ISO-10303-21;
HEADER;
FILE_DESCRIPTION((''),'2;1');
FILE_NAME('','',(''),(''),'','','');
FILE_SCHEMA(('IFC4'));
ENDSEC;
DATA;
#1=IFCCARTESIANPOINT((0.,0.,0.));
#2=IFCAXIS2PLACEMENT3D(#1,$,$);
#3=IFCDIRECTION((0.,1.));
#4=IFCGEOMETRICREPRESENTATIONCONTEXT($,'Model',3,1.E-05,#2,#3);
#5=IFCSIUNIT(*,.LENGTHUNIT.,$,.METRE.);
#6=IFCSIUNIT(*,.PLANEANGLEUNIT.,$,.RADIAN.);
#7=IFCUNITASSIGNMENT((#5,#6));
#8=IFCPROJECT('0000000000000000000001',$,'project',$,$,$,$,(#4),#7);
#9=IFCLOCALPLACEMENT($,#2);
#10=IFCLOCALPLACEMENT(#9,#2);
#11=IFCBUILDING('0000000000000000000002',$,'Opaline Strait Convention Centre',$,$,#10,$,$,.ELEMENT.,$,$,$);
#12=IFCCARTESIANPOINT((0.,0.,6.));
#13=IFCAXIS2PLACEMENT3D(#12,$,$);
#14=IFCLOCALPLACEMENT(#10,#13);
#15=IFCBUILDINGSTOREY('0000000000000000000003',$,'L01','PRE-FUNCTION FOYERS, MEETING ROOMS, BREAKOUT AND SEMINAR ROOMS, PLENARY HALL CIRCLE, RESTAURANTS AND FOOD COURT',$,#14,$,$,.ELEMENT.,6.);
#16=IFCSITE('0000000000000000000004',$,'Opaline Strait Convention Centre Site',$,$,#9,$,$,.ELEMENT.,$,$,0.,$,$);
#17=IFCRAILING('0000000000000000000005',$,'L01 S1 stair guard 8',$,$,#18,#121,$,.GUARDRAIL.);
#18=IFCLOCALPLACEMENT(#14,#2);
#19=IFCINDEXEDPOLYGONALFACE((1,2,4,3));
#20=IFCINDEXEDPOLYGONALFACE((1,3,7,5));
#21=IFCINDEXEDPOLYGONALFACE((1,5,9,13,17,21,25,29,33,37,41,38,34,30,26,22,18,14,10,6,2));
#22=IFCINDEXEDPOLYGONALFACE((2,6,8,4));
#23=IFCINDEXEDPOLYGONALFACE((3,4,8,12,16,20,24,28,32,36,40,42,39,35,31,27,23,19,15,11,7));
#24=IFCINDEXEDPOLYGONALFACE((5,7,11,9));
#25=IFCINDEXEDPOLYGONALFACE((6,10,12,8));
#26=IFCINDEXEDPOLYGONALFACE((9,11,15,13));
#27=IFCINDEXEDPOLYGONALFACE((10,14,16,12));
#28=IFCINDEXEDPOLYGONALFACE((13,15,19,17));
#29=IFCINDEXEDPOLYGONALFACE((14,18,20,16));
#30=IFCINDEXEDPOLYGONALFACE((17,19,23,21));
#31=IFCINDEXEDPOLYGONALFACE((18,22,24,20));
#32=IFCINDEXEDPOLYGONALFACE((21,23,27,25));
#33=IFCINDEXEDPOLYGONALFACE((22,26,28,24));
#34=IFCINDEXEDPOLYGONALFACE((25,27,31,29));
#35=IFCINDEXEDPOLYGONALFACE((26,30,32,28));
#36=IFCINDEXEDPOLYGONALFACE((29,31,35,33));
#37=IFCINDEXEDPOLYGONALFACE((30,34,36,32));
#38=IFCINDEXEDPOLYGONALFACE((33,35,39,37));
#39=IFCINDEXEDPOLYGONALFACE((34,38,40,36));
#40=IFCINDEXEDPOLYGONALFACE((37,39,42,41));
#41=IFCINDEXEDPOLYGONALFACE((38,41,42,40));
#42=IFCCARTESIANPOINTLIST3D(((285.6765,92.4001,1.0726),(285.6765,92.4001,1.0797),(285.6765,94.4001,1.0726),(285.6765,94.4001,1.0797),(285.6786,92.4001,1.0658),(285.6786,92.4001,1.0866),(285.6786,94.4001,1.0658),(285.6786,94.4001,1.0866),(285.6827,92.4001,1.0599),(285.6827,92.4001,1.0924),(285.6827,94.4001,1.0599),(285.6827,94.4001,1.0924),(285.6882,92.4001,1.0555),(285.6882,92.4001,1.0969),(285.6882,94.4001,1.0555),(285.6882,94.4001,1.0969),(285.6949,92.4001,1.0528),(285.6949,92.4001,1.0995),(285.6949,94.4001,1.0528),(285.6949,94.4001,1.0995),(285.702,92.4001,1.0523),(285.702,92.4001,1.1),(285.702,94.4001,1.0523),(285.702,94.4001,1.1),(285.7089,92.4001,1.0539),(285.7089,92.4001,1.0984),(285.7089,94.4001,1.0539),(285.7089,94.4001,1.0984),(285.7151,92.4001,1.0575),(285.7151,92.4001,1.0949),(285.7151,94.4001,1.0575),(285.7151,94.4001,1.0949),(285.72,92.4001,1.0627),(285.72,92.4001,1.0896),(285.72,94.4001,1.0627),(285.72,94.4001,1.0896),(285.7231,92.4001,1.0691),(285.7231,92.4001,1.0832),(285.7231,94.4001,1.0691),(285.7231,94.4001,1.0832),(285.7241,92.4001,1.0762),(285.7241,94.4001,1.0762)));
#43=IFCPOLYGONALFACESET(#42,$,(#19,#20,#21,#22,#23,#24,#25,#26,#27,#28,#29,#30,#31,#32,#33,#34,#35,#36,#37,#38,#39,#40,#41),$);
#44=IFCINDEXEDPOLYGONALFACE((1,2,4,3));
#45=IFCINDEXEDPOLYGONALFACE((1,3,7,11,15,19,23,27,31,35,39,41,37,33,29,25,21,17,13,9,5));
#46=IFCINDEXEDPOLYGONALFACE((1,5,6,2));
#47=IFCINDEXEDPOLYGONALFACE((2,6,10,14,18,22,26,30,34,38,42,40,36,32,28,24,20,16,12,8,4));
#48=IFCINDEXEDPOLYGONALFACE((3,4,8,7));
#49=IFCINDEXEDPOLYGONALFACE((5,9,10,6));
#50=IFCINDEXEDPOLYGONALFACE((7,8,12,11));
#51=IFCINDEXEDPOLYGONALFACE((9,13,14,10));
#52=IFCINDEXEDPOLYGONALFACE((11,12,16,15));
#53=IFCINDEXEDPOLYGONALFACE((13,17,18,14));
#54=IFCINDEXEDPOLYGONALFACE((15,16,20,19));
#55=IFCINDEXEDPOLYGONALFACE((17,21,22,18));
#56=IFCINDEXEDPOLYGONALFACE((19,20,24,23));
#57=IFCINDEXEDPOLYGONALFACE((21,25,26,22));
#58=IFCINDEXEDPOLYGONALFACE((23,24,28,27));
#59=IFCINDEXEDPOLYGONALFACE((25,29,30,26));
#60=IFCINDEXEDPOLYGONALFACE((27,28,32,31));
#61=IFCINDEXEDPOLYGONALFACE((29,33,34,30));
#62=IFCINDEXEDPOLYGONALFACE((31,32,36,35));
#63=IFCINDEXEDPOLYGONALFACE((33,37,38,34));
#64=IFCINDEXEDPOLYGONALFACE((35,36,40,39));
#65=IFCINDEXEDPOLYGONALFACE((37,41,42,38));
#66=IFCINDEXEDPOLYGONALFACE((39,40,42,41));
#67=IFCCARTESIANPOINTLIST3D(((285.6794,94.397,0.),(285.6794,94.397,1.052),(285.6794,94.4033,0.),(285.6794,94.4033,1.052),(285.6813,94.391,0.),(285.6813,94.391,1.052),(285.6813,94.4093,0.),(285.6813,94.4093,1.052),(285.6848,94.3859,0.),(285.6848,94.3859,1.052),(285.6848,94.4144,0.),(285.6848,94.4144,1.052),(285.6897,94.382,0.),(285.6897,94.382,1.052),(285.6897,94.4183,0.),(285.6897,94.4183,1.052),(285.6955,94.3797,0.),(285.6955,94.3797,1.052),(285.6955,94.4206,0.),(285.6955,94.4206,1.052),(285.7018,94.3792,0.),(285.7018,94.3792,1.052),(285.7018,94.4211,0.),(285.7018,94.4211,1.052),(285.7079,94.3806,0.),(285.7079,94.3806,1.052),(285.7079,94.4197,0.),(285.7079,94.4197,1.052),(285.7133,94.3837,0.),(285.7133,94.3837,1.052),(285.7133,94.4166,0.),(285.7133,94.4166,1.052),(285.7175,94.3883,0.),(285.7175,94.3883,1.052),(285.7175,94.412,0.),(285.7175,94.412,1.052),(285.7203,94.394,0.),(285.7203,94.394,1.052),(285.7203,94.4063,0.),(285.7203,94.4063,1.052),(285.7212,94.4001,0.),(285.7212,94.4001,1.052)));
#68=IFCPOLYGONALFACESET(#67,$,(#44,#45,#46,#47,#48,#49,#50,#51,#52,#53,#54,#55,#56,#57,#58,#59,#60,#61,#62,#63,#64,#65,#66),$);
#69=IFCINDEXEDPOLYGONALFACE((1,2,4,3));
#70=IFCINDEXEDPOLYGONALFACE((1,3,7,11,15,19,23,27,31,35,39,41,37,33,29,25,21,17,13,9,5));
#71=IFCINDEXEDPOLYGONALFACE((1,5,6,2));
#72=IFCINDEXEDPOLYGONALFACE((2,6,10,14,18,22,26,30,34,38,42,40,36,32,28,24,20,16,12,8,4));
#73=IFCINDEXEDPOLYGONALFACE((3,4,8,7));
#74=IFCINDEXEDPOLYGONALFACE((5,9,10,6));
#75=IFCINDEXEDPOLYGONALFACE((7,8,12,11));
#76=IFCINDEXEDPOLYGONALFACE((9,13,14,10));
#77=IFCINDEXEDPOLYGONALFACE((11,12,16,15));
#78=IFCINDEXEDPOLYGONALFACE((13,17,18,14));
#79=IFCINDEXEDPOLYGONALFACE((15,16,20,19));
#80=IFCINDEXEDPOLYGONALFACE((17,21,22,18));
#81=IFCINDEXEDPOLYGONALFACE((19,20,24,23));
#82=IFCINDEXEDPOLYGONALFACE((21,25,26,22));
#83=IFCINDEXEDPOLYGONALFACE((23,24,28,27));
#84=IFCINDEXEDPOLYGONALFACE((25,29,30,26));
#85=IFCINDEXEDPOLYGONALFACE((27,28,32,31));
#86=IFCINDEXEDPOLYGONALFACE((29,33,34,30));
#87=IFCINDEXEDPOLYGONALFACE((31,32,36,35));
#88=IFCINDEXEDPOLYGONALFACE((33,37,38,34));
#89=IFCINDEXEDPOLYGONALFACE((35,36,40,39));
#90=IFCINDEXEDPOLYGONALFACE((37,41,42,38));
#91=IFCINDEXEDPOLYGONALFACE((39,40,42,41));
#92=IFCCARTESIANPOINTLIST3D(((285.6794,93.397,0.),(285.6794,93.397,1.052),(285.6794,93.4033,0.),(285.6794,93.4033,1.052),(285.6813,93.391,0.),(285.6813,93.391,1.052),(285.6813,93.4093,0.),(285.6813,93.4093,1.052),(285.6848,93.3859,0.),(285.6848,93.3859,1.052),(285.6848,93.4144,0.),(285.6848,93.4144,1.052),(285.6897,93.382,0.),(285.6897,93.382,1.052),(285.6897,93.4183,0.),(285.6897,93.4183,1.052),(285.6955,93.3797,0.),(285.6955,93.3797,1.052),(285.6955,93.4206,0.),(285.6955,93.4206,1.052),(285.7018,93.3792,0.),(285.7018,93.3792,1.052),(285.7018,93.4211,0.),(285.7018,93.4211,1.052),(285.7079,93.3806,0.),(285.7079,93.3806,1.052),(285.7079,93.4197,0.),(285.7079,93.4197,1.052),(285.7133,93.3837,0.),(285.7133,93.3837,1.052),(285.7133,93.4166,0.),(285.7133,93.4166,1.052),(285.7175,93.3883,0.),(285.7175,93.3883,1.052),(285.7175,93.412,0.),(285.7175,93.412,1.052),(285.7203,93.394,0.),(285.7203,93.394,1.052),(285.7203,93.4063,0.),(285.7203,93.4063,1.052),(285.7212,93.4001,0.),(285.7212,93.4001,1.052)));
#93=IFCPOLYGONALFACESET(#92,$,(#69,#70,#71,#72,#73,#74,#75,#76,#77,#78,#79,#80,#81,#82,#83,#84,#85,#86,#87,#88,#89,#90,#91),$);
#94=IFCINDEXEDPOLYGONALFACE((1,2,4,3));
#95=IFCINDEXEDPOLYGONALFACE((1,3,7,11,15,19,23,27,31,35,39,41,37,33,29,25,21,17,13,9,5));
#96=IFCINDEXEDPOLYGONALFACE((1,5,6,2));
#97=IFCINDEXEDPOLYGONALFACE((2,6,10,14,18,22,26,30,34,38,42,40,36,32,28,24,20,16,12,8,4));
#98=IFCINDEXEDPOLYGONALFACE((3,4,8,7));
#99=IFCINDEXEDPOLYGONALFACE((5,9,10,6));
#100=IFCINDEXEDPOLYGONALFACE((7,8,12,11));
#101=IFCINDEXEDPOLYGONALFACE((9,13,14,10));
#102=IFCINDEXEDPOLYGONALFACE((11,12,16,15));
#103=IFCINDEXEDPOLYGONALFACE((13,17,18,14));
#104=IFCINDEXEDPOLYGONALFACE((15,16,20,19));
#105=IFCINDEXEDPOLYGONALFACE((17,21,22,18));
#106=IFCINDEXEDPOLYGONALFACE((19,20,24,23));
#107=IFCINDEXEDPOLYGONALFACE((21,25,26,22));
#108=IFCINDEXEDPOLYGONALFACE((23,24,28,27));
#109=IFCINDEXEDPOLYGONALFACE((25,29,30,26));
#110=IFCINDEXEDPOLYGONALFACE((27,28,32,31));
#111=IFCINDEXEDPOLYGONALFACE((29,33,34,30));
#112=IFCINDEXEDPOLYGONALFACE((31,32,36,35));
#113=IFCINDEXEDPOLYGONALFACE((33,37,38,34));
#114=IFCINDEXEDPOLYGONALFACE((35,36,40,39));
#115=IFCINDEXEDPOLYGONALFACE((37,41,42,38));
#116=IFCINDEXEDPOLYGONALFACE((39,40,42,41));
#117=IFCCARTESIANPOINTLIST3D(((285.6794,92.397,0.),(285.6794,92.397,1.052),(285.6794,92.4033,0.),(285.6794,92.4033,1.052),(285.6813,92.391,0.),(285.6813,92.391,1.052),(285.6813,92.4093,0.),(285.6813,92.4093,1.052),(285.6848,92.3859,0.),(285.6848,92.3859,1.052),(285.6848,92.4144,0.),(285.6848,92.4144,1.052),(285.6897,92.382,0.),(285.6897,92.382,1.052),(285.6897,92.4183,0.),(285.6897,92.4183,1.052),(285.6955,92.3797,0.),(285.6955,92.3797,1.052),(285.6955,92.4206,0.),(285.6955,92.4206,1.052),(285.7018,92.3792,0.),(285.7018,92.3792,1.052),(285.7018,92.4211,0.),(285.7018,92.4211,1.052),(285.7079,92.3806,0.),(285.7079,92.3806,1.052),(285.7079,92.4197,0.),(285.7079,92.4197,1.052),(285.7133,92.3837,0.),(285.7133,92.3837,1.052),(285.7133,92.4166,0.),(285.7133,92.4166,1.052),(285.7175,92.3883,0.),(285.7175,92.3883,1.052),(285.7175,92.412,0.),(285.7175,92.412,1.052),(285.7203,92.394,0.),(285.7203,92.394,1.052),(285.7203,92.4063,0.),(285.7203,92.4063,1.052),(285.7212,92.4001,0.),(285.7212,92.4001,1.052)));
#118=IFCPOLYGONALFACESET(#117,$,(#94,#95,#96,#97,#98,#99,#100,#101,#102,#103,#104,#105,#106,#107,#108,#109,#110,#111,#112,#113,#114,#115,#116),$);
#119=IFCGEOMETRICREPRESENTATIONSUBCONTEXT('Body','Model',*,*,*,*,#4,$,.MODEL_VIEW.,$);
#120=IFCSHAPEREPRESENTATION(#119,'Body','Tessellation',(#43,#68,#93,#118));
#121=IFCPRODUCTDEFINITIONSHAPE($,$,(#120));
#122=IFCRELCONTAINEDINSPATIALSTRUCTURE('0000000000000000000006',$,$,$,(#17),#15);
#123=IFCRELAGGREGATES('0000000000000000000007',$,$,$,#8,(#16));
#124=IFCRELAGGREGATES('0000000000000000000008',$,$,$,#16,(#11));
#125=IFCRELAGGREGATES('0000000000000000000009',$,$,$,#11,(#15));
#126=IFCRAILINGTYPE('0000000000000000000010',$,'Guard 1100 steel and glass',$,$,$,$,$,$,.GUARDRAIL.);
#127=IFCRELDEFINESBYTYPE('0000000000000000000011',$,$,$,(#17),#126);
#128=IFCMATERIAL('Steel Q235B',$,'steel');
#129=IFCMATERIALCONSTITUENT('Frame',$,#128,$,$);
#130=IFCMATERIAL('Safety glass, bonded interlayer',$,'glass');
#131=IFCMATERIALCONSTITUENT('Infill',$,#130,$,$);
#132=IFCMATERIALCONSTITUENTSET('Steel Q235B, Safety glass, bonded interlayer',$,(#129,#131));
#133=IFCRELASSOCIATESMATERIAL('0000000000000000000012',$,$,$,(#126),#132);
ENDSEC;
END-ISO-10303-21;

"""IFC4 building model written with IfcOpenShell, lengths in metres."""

from ifc_helpers import new_model, si_unit, direction, frame, origin, origin_2d, place, context, subcontext, project, spatial, circle, extrude, material, constituent, constituent_set, type_object, element, save


model = new_model("IFC4")

# Units and contexts
model_context = context("Model", 3, precision=1e-05, world=origin(), true_north=direction((0.0, 1.0)))
body_context = subcontext(model_context, "Body", "Model", "MODEL_VIEW")
ifc_project = project(units=[si_unit("LENGTHUNIT", "METRE"), si_unit("PLANEANGLEUNIT", "RADIAN")], contexts=[model_context])

# Site, building, storey
site_placement = place(None, origin())
site = spatial("IfcSite", under=ifc_project, at=site_placement, Name="Opaline Strait Convention Centre Site", CompositionType="ELEMENT", RefElevation=0.0)
building_placement = place(site_placement, origin())
building = spatial("IfcBuilding", under=site, at=building_placement, Name="Opaline Strait Convention Centre", CompositionType="ELEMENT")
storey_placement = place(building_placement, frame((0.0, 0.0, 6.0)))
storey = spatial("IfcBuildingStorey", under=building, at=storey_placement, Name="L01", Description="PRE-FUNCTION FOYERS, MEETING ROOMS, BREAKOUT AND SEMINAR ROOMS, PLENARY HALL CIRCLE, RESTAURANTS AND FOOD COURT", CompositionType="ELEMENT", Elevation=6.0)

# Shared definitions
ifc_material_1 = material(Name="Steel Q235B", Category="steel")

# Railing
ifc_constituent_1 = constituent(ifc_material_1, Name="Frame")
ifc_material_2 = material(Name="Safety glass, bonded interlayer", Category="glass")
ifc_constituent_2 = constituent(ifc_material_2, Name="Infill")
ifc_constituent_set = constituent_set(constituents=[ifc_constituent_1, ifc_constituent_2], Name="Steel Q235B, Safety glass, bonded interlayer")
railing_type_1 = type_object("IfcRailingType", Name="Guard 1100 steel and glass", PredefinedType="GUARDRAIL", material=ifc_constituent_set)
railing_1_placement = place(storey_placement, frame((285.7002, 94.4001, 0.0)))
element("IfcRailing", 1, at=railing_1_placement, inside=storey, type_object=railing_type_1, Name="L01 S1 stair guard 8", PredefinedType="GUARDRAIL", context=body_context, shape_type="SweptSolid", body=[
    extrude(circle(Radius=0.0239, at=origin_2d()), frame((0.0, 0.0, 1.0762), z_axis=(0.0, -1.0, 0.0), x_axis=(1.0, 0.0, 0.0)), (0.0, 0.0, 1.0), 2.0),
    extrude(circle(Radius=0.021, at=origin_2d()), origin(), (0.0, 0.0, 1.0), 1.052),
    extrude(circle(Radius=0.021, at=origin_2d()), frame((0.0, -1.0, 0.0)), (0.0, 0.0, 1.0), 1.052),
    extrude(circle(Radius=0.021, at=origin_2d()), frame((0.0, -2.0, 0.0)), (0.0, 0.0, 1.0), 1.052),
])

save(model, "model.ifc")
